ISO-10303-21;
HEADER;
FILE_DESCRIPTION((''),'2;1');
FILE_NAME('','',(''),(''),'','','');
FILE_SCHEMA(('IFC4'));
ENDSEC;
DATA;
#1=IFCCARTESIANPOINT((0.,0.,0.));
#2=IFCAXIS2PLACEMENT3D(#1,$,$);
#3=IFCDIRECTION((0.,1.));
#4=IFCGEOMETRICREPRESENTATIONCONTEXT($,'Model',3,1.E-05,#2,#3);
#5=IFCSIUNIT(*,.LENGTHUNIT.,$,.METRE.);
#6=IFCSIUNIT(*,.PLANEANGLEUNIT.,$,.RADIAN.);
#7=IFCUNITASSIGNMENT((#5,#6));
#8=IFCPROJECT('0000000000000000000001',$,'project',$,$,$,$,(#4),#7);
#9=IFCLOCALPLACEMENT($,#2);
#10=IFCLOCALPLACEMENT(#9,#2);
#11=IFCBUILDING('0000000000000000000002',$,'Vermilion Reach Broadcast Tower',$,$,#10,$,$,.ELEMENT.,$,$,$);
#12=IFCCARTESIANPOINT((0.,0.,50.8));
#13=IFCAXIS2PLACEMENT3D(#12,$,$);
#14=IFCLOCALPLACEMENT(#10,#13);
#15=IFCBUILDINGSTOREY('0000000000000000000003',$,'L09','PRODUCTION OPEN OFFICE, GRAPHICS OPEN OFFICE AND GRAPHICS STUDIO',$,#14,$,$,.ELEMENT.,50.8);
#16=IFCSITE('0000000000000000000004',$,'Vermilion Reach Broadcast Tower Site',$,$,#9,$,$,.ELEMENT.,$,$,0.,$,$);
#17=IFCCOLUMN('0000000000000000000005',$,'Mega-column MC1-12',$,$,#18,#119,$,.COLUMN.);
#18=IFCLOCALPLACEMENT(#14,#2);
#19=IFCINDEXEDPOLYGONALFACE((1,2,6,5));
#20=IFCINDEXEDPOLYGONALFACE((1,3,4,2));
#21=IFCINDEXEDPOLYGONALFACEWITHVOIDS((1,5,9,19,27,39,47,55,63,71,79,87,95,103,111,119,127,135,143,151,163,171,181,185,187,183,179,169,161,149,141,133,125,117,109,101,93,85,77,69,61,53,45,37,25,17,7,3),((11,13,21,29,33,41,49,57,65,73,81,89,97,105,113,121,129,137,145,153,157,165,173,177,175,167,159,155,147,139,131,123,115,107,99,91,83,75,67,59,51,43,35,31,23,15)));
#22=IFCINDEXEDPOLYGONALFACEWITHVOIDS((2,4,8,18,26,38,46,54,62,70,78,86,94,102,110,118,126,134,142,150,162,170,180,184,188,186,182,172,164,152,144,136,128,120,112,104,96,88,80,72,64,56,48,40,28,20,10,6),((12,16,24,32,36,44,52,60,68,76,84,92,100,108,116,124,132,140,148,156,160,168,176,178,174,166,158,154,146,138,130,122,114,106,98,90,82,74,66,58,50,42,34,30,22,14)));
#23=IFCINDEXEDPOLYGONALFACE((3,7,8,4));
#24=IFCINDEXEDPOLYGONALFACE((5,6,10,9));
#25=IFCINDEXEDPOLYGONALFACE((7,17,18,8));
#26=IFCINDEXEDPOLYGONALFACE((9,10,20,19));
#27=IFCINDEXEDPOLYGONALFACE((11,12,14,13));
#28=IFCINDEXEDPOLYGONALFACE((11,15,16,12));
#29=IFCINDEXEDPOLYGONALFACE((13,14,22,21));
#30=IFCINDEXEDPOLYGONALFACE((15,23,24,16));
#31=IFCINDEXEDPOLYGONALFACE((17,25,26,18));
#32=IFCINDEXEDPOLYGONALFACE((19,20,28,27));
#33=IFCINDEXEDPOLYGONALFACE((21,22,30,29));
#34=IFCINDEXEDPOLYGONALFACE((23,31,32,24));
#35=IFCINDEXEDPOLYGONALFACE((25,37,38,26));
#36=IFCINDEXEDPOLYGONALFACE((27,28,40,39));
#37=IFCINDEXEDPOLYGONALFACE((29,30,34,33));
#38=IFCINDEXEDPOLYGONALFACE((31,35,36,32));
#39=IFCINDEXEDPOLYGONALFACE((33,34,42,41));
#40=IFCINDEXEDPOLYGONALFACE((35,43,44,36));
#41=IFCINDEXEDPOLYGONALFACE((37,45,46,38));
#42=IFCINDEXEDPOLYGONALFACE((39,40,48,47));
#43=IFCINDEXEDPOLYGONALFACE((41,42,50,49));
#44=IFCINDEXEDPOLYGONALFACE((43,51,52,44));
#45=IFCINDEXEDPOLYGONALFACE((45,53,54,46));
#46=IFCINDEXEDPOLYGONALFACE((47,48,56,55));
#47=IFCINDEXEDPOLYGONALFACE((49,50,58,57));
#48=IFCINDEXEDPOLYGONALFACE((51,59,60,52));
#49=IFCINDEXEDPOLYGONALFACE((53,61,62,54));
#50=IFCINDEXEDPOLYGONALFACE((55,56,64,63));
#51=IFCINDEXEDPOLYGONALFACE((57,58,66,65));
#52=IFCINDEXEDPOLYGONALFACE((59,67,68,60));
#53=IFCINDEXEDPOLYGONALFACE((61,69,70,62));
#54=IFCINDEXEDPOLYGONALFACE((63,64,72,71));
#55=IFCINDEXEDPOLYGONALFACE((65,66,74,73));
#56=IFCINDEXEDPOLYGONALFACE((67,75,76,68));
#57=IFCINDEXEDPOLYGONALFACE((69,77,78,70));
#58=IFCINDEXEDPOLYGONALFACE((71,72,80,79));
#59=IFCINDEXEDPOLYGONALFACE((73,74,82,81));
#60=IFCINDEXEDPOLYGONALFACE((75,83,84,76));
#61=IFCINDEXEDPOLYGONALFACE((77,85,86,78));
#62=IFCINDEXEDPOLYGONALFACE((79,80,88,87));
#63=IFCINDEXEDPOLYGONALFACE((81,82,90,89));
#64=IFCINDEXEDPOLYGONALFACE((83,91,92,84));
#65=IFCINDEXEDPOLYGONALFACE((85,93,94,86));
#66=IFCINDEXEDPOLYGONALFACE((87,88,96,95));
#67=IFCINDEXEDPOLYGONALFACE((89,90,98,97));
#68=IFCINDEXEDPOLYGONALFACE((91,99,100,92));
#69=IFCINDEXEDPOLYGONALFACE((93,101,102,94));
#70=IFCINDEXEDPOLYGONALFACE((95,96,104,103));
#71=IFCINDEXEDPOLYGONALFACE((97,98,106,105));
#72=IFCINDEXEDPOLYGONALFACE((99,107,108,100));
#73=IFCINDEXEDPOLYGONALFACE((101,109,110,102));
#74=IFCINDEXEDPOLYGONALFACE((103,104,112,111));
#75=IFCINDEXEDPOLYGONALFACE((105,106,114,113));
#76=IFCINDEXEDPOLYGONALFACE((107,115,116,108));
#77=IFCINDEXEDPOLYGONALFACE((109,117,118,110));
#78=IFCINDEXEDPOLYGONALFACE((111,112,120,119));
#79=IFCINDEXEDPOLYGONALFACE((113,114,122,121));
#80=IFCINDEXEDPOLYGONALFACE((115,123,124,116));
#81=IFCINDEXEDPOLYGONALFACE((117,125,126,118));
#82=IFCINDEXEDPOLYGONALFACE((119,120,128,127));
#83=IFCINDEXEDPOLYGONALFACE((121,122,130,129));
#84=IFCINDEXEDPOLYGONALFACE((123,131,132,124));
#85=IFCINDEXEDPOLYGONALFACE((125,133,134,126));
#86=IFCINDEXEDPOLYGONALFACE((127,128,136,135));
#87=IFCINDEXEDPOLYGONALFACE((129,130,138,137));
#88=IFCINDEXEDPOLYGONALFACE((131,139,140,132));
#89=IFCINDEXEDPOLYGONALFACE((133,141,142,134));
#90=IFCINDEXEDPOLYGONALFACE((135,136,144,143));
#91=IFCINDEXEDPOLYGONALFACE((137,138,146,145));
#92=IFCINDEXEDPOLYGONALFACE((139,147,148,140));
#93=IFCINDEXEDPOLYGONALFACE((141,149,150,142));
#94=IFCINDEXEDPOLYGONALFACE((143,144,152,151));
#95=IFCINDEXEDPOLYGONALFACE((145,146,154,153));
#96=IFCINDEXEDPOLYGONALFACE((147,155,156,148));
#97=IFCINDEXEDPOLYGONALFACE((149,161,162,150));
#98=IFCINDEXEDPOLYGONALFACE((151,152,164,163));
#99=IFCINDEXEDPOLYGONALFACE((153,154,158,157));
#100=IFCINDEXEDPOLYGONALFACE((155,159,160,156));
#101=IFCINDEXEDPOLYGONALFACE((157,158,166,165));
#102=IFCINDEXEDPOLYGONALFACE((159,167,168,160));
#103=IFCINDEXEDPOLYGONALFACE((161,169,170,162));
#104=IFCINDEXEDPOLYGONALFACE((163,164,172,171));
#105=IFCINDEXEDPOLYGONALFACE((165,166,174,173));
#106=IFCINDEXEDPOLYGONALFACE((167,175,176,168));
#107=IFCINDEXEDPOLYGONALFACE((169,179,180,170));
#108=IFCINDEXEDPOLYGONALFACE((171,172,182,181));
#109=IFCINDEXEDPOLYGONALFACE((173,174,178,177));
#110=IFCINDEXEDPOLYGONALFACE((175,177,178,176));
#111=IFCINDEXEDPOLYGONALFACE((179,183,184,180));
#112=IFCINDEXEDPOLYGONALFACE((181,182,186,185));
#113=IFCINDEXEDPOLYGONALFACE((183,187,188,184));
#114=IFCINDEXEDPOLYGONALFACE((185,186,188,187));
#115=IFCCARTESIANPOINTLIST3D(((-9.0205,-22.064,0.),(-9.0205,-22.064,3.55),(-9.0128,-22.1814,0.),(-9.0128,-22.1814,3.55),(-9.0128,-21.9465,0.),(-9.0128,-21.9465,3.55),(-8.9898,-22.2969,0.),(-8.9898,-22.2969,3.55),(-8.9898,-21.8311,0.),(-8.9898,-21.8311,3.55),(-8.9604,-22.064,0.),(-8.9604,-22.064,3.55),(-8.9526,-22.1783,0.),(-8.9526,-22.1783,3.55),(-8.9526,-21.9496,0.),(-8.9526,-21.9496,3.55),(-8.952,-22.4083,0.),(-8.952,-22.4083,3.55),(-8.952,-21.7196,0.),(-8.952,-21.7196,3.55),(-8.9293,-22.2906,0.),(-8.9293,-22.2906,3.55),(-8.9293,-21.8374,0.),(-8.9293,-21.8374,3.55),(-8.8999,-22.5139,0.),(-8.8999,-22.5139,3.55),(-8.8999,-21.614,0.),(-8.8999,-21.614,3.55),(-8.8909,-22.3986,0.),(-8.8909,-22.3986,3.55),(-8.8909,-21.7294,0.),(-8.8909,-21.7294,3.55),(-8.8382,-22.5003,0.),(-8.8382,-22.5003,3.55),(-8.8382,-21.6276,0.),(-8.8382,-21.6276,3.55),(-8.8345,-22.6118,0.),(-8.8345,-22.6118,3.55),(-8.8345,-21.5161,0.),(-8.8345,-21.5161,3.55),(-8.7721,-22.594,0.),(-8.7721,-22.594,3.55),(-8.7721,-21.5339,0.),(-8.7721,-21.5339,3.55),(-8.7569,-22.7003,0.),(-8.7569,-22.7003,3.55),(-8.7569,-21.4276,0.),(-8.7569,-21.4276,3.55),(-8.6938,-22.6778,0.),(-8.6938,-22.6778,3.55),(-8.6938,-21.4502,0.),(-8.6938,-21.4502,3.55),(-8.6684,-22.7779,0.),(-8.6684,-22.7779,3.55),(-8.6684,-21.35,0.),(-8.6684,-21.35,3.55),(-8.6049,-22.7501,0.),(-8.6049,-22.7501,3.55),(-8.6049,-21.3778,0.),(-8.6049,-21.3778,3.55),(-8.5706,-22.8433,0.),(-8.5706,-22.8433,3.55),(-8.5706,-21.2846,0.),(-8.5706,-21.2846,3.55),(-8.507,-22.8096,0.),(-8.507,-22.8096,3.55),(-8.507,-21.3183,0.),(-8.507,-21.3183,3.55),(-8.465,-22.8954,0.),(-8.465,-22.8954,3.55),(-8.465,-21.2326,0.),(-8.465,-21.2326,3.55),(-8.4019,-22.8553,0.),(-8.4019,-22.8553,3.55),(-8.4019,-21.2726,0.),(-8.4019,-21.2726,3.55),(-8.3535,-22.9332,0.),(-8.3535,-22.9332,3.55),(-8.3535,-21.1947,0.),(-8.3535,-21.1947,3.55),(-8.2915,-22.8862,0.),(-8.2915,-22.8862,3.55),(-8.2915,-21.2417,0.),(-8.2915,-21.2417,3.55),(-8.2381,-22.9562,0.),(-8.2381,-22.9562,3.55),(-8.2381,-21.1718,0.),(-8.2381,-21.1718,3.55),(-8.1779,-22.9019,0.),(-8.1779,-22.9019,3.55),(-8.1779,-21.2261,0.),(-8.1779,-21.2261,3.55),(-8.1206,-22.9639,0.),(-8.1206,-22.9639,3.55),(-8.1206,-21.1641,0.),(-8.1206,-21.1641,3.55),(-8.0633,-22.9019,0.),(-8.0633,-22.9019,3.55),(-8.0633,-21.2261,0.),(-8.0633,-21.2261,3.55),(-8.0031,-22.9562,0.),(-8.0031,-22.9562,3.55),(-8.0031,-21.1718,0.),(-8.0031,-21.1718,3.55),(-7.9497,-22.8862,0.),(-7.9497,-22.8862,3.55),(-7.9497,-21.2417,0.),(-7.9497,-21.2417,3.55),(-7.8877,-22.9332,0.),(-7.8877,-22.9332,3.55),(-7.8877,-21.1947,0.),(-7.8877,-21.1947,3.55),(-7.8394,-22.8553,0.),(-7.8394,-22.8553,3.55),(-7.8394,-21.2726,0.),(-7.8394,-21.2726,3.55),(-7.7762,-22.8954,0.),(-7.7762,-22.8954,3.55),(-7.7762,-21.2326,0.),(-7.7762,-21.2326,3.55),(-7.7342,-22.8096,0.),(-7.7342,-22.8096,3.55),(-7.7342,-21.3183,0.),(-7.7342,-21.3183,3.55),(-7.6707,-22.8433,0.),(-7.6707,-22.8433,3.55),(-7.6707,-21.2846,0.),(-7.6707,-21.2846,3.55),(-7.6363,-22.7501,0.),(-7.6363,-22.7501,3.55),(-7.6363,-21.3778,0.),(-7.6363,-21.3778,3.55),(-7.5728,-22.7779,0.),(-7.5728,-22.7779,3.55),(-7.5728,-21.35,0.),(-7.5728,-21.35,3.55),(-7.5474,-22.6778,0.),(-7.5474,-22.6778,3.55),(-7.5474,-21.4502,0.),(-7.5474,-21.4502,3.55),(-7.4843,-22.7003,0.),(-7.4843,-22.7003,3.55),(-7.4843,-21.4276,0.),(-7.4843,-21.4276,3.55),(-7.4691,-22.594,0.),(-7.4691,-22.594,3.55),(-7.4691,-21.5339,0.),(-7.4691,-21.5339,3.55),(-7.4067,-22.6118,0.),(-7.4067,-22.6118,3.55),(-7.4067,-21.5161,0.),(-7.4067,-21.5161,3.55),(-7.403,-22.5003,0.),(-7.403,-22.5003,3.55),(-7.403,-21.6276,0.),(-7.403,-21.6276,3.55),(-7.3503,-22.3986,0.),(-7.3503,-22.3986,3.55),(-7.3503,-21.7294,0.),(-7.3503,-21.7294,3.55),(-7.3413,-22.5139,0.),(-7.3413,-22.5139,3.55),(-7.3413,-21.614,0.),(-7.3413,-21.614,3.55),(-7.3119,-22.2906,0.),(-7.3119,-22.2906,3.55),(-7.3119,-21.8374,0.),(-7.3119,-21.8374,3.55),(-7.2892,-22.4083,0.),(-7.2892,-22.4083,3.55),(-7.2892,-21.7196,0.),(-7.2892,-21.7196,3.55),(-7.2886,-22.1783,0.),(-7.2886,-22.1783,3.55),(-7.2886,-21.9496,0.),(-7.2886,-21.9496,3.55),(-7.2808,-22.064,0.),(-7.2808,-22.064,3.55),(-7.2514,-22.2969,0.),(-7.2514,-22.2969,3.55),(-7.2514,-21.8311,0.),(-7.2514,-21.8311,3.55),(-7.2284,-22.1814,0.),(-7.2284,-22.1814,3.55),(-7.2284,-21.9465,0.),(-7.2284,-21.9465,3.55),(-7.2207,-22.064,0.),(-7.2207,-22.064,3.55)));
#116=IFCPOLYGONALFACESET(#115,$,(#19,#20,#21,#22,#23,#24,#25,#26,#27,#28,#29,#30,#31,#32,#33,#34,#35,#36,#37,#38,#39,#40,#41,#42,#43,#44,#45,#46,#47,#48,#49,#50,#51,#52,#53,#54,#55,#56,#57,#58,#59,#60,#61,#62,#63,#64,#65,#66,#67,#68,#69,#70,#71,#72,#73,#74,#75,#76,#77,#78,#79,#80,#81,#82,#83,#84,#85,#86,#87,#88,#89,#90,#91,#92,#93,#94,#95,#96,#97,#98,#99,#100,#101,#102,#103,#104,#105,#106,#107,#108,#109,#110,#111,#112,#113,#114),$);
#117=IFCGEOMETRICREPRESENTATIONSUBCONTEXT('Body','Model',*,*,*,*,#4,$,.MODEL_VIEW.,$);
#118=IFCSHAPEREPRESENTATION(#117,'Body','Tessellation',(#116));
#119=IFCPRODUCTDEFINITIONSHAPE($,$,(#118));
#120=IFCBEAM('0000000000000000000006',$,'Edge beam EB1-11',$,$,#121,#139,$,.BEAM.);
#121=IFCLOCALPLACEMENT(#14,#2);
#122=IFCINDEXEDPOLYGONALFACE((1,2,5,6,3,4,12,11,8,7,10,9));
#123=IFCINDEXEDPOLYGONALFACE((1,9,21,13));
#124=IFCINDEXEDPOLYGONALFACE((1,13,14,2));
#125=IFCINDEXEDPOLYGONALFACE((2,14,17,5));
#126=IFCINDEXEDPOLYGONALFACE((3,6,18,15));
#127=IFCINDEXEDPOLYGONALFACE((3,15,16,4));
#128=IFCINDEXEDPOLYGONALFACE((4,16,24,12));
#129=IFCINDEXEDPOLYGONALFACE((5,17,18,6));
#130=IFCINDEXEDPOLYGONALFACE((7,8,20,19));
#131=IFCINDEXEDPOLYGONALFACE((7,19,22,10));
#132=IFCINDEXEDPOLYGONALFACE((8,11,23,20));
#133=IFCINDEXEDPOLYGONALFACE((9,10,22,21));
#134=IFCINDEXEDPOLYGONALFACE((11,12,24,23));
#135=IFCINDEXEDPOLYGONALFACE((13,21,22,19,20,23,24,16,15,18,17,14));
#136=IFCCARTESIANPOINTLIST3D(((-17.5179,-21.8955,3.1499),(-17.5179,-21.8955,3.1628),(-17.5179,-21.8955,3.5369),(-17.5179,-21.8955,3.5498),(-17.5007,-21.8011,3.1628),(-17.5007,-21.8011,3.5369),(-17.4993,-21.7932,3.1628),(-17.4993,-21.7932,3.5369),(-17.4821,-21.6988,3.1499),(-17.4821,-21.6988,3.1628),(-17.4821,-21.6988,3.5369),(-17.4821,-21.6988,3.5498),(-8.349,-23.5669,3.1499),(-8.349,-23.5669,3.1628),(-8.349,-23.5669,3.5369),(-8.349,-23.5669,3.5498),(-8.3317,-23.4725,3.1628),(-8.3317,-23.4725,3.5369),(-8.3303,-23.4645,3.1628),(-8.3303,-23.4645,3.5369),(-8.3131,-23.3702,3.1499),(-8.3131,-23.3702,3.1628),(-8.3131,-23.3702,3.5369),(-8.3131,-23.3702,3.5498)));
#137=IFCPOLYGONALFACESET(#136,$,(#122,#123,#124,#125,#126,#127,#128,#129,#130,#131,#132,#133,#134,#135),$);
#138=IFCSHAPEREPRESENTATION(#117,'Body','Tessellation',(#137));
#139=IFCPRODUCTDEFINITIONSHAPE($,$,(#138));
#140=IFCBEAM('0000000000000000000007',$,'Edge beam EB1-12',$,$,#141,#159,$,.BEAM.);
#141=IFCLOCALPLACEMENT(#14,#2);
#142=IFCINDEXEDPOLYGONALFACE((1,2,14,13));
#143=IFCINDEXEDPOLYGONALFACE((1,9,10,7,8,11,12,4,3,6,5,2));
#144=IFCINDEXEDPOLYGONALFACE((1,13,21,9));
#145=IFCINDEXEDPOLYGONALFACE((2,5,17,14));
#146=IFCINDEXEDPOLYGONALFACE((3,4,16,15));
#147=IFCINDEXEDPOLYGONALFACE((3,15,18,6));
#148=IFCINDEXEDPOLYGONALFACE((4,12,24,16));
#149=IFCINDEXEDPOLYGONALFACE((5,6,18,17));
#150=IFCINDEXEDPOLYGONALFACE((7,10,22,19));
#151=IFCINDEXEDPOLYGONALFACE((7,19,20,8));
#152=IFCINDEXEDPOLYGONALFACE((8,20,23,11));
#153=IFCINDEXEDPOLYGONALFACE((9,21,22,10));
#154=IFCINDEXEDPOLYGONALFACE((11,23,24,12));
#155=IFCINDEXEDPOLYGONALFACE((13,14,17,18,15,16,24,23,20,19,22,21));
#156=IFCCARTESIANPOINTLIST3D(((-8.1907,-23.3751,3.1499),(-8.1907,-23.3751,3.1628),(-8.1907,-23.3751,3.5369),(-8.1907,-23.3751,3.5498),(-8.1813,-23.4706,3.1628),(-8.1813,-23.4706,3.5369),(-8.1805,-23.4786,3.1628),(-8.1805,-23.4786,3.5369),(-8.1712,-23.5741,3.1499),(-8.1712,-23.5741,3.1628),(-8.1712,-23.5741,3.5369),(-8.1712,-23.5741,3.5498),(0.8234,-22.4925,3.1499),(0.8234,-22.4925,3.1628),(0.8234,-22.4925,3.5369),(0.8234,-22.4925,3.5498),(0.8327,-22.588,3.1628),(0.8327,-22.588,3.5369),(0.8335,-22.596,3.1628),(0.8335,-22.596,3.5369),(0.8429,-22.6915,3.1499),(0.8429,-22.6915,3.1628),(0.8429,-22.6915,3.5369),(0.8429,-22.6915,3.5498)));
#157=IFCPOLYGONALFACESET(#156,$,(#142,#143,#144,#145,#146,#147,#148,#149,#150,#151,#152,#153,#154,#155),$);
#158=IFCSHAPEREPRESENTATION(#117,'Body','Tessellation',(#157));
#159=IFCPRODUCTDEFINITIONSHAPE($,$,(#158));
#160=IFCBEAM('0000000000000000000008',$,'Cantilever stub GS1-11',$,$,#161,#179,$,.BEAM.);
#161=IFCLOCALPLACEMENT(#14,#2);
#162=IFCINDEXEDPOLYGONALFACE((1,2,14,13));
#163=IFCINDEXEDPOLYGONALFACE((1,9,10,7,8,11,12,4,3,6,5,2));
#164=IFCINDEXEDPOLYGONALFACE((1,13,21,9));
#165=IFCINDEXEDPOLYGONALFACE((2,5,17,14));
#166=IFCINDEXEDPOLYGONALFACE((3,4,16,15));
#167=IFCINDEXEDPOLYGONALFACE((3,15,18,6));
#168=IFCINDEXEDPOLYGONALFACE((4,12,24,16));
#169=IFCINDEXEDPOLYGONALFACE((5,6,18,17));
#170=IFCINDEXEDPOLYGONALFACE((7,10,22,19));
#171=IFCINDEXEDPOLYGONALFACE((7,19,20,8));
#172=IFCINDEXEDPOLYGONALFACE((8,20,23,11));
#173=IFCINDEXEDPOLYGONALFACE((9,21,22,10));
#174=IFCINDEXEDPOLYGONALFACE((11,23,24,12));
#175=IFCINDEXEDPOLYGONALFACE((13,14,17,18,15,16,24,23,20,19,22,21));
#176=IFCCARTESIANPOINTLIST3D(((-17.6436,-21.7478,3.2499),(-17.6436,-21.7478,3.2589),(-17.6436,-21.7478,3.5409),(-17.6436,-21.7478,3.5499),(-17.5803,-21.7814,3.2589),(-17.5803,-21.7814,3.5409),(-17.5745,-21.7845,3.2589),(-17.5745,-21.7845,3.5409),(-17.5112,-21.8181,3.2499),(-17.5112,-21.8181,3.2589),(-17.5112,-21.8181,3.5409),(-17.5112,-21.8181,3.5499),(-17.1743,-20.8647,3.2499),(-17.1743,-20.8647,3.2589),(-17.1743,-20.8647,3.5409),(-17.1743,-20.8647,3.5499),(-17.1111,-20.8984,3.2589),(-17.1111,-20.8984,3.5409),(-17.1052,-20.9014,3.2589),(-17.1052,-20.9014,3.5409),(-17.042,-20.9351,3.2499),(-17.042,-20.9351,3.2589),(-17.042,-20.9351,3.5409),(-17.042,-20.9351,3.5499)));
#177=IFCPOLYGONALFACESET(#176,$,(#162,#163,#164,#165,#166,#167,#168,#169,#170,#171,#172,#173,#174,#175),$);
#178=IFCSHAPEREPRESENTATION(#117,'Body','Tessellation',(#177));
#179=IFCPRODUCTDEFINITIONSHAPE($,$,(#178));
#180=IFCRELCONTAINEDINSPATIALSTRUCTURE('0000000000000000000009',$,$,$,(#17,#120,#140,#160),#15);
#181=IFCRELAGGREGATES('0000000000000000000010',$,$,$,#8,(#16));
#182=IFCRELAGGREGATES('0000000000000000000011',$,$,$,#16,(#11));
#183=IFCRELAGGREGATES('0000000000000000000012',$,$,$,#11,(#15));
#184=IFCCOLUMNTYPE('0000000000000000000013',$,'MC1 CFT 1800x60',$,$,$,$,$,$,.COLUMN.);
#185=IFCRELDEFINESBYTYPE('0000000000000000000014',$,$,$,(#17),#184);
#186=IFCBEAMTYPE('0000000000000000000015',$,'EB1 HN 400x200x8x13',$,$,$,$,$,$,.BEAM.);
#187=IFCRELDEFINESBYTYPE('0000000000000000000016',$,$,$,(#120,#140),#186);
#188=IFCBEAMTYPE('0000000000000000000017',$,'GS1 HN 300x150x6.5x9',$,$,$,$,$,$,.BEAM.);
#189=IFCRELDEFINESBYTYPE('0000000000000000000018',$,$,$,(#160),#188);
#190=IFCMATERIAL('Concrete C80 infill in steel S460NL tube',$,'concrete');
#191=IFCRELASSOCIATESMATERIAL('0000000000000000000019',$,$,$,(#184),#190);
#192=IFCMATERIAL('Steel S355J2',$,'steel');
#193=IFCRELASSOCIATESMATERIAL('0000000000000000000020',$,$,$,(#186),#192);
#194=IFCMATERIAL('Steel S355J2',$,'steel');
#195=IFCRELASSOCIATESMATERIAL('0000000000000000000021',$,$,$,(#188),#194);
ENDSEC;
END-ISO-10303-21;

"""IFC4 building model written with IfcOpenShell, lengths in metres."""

from ifc_helpers import new_model, si_unit, direction, frame, origin, origin_2d, place, context, subcontext, project, spatial, hollow_circle, i_section, extrude, material, material_profile, profile_set, type_object, element, save


model = new_model("IFC4")

# Units and contexts
model_context = context("Model", 3, precision=1e-05, world=origin(), true_north=direction((0.0, 1.0)))
body_context = subcontext(model_context, "Body", "Model", "MODEL_VIEW")
ifc_project = project(units=[si_unit("LENGTHUNIT", "METRE"), si_unit("PLANEANGLEUNIT", "RADIAN")], contexts=[model_context])

# Site, building, storey
site_placement = place(None, origin())
site = spatial("IfcSite", under=ifc_project, at=site_placement, Name="Vermilion Reach Broadcast Tower Site", CompositionType="ELEMENT", RefElevation=0.0)
building_placement = place(site_placement, origin())
building = spatial("IfcBuilding", under=site, at=building_placement, Name="Vermilion Reach Broadcast Tower", CompositionType="ELEMENT")
storey_placement = place(building_placement, frame((0.0, 0.0, 50.8)))
storey = spatial("IfcBuildingStorey", under=building, at=storey_placement, Name="L09", Description="PRODUCTION OPEN OFFICE, GRAPHICS OPEN OFFICE AND GRAPHICS STUDIO", CompositionType="ELEMENT", Elevation=50.8)

# Column
ifc_material_1 = material(Name="Concrete C80 infill in steel S460NL tube", Category="concrete")
ifc_material_profile_1 = material_profile(ifc_material_1, hollow_circle(Radius=0.8999, WallThickness=0.0601, at=origin_2d()), Name="Concrete C80 infill in steel S460NL tube CFT 1800x60")
ifc_profile_set_1 = profile_set([ifc_material_profile_1], Name="Concrete C80 infill in steel S460NL tube")
column_type = type_object("IfcColumnType", Name="MC1 CFT 1800x60", PredefinedType="COLUMN", material=ifc_profile_set_1)
for number, where, z_axis, x_axis, name in (
    (1, (-8.1206, -22.064, 0.0), (0.0, 0.0, 1.0), (1.0, 0.0, 0.0), "Mega-column MC1-12"),
):
    element("IfcColumn", number, at=place(storey_placement, frame(where, z_axis=z_axis, x_axis=x_axis)), inside=storey, type_object=column_type, Name=name, PredefinedType="COLUMN", context=body_context, shape_type="SweptSolid", body=[
        extrude(hollow_circle(Radius=0.8999, WallThickness=0.0601, at=origin_2d()), origin(), (0.0, 0.0, 1.0), 3.55),
    ])

# Beams
ifc_material_2 = material(Name="Steel S355J2", Category="steel")
ifc_material_profile_2 = material_profile(ifc_material_2, i_section(OverallWidth=0.2, OverallDepth=0.3999, WebThickness=0.0081, FlangeThickness=0.0129, at=origin_2d()), Name="S355J2 HN 400x200x8x13")
ifc_profile_set_2 = profile_set([ifc_material_profile_2], Name="Steel S355J2")
beam_type_1 = type_object("IfcBeamType", Name="EB1 HN 400x200x8x13", PredefinedType="BEAM", material=ifc_profile_set_2)
beam_1_placement = place(storey_placement, frame((-17.5, -21.7971, 3.3499), z_axis=(0.983788, -0.179333, 0.0), x_axis=(0.179333, 0.983788, 0.0)))
element("IfcBeam", 2, at=beam_1_placement, inside=storey, type_object=beam_type_1, Name="Edge beam EB1-11", PredefinedType="BEAM", context=body_context, shape_type="SweptSolid", body=[
    extrude(i_section(OverallWidth=0.2, OverallDepth=0.3999, WebThickness=0.0081, FlangeThickness=0.0129, at=origin_2d()), origin(), (0.0, 0.0, 1.0), 9.3201),
])
beam_2_placement = place(storey_placement, frame((-8.1809, -23.4746, 3.3499), z_axis=(0.995241, 0.097446, 0.0), x_axis=(-0.097446, 0.995241, 0.0)))
element("IfcBeam", 3, at=beam_2_placement, inside=storey, type_object=beam_type_1, Name="Edge beam EB1-12", PredefinedType="BEAM", context=body_context, shape_type="SweptSolid", body=[
    extrude(i_section(OverallWidth=0.2, OverallDepth=0.3999, WebThickness=0.0081, FlangeThickness=0.0129, at=origin_2d()), origin(), (0.0, 0.0, 1.0), 9.0571),
])
ifc_material_3 = material(Name="Steel S355J2", Category="steel")
ifc_material_profile_3 = material_profile(ifc_material_3, i_section(OverallWidth=0.1499, OverallDepth=0.3, WebThickness=0.0066, FlangeThickness=0.009, at=origin_2d()), Name="S355J2 HN 300x150x6.5x9")
ifc_profile_set_3 = profile_set([ifc_material_profile_3], Name="Steel S355J2")
beam_type_2 = type_object("IfcBeamType", Name="GS1 HN 300x150x6.5x9", PredefinedType="BEAM", material=ifc_profile_set_3)
for number, where, z_axis, x_axis, name in (
    (4, (-17.1082, -20.8999, 3.3999), (-0.469244, -0.883068, 0.0), (0.883068, -0.469244, 0.0), "Cantilever stub GS1-11"),
):
    element("IfcBeam", number, at=place(storey_placement, frame(where, z_axis=z_axis, x_axis=x_axis)), inside=storey, type_object=beam_type_2, Name=name, PredefinedType="BEAM", context=body_context, shape_type="SweptSolid", body=[
        extrude(i_section(OverallWidth=0.1499, OverallDepth=0.3, WebThickness=0.0066, FlangeThickness=0.009, at=origin_2d()), origin(), (0.0, 0.0, 1.0), 1.0),
    ])

save(model, "model.ifc")
